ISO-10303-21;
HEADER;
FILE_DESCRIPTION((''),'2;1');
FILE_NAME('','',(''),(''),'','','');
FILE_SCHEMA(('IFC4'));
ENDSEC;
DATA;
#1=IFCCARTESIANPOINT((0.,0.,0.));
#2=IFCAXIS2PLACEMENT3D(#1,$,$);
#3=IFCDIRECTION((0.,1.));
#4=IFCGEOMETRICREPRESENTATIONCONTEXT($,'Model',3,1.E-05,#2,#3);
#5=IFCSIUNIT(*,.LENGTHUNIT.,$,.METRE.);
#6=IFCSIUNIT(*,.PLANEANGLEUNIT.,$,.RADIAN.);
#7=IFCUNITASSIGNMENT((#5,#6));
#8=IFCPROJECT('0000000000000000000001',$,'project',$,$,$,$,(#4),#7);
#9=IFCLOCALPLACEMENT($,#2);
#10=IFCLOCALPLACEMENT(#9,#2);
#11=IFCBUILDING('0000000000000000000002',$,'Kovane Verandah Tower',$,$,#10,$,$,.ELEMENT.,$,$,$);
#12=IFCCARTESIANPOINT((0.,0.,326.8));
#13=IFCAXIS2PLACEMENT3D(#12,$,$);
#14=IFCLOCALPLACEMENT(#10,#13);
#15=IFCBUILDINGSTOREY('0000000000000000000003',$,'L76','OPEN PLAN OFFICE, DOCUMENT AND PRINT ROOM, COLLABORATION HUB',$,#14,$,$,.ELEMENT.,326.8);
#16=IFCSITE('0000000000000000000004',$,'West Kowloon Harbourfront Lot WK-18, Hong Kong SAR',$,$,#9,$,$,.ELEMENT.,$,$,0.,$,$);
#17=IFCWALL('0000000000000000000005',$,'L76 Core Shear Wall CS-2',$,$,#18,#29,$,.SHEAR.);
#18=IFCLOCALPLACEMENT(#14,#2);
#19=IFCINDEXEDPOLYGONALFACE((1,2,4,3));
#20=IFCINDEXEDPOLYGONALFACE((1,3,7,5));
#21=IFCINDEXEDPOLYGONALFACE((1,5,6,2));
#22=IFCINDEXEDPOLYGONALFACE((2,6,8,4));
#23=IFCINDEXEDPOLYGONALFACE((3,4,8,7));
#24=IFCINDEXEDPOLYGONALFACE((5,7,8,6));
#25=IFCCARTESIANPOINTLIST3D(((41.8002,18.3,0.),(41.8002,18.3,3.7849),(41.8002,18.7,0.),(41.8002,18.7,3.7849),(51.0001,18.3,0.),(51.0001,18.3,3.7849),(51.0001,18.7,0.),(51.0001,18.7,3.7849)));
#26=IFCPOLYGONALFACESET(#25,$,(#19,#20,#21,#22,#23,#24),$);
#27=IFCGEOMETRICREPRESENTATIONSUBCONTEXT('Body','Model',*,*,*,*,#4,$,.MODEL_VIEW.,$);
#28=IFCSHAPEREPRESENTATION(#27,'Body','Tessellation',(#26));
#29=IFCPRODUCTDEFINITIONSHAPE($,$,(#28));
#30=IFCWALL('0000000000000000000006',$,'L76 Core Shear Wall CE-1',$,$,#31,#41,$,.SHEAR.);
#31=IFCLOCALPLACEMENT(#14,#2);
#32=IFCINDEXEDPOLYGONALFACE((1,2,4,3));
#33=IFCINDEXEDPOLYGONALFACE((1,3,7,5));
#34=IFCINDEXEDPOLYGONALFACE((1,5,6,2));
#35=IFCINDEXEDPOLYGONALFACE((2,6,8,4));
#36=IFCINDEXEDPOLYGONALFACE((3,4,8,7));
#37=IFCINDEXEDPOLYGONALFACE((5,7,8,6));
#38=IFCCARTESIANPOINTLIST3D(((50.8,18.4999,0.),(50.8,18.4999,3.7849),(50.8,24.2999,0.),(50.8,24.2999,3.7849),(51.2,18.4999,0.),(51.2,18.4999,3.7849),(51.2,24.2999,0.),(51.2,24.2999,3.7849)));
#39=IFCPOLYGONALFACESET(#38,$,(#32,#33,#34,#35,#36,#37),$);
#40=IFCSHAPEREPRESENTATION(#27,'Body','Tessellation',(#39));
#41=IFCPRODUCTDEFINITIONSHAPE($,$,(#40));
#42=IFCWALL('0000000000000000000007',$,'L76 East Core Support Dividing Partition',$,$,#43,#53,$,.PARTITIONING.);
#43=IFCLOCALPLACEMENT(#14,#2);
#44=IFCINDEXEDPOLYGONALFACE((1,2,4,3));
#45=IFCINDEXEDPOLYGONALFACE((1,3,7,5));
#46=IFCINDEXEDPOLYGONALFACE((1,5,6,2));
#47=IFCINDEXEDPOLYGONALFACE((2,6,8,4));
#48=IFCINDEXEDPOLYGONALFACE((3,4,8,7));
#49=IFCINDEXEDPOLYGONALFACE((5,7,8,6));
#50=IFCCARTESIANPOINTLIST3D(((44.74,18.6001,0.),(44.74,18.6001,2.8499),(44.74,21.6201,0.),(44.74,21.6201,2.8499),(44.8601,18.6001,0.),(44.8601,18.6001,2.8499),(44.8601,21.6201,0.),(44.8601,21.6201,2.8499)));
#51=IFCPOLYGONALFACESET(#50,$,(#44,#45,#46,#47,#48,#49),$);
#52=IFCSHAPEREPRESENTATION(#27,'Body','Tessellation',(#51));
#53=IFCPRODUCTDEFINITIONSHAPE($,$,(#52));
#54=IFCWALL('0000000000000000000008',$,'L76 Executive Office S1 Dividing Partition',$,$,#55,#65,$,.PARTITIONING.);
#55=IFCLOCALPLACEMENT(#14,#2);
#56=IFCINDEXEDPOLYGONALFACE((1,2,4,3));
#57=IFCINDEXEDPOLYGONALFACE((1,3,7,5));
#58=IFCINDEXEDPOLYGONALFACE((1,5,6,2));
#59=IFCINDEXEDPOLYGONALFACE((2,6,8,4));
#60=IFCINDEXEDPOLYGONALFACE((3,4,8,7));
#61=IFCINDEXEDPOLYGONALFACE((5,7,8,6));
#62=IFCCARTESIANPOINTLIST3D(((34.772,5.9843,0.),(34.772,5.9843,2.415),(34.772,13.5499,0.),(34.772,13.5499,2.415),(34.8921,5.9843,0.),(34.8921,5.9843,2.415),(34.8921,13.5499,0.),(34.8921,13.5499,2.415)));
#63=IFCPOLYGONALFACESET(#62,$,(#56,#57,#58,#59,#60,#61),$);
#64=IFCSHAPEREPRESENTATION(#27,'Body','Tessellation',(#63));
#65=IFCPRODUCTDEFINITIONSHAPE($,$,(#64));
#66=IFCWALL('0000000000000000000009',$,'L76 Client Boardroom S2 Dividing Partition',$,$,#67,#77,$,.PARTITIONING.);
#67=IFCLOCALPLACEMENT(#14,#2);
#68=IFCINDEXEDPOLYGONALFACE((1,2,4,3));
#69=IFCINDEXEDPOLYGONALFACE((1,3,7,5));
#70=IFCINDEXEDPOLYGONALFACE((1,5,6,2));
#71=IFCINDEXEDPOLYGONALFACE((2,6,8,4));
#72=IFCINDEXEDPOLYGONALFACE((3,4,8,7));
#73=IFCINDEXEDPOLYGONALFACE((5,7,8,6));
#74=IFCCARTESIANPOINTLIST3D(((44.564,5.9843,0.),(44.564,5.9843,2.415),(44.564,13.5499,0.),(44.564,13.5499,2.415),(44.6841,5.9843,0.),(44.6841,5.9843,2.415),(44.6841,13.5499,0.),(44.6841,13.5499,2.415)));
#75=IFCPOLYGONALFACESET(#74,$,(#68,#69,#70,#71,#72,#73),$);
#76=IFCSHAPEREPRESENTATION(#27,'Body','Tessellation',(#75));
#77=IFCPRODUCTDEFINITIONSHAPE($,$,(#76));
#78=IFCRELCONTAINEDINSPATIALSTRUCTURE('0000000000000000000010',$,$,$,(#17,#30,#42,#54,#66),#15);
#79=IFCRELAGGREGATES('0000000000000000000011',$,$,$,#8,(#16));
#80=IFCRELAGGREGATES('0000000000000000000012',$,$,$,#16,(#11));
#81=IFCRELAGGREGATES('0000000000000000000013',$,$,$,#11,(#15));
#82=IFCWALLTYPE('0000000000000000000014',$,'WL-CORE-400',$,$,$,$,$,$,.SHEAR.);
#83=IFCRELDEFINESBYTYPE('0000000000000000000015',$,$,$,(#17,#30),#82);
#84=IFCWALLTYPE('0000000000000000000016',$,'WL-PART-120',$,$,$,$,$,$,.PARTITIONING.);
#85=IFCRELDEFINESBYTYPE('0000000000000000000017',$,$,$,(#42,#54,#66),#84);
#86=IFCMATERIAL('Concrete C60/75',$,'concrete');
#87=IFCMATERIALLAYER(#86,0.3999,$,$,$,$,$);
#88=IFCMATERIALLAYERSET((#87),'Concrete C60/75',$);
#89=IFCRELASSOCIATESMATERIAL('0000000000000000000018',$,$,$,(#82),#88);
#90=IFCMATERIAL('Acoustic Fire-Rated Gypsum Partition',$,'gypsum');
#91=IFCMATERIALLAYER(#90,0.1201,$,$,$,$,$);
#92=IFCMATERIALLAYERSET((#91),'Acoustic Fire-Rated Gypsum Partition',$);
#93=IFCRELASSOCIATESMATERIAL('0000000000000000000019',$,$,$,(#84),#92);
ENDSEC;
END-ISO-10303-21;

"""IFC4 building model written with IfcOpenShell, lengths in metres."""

from ifc_helpers import new_model, si_unit, direction, frame, frame_2d, origin, place, context, subcontext, project, spatial, rectangle, extrude, material, layer, layer_set, type_object, element, save


model = new_model("IFC4")

# Units and contexts
model_context = context("Model", 3, precision=1e-05, world=origin(), true_north=direction((0.0, 1.0)))
body_context = subcontext(model_context, "Body", "Model", "MODEL_VIEW")
ifc_project = project(units=[si_unit("LENGTHUNIT", "METRE"), si_unit("PLANEANGLEUNIT", "RADIAN")], contexts=[model_context])

# Site, building, storey
site_placement = place(None, origin())
site = spatial("IfcSite", under=ifc_project, at=site_placement, Name="West Kowloon Harbourfront Lot WK-18, Hong Kong SAR", CompositionType="ELEMENT", RefElevation=0.0)
building_placement = place(site_placement, origin())
building = spatial("IfcBuilding", under=site, at=building_placement, Name="Kovane Verandah Tower", CompositionType="ELEMENT")
storey_placement = place(building_placement, frame((0.0, 0.0, 326.8)))
storey = spatial("IfcBuildingStorey", under=building, at=storey_placement, Name="L76", Description="OPEN PLAN OFFICE, DOCUMENT AND PRINT ROOM, COLLABORATION HUB", CompositionType="ELEMENT", Elevation=326.8)

# Shared definitions
ifc_material_1 = material(Name="Concrete C60/75", Category="concrete")

# Walls
ifc_layer_1 = layer(ifc_material_1, 0.3999)
ifc_layer_set_1 = layer_set([ifc_layer_1], Name="Concrete C60/75")
wall_type_1 = type_object("IfcWallType", Name="WL-CORE-400", PredefinedType="SHEAR", material=ifc_layer_set_1)
wall_1_placement = place(storey_placement, frame((41.8, 18.5, 0.0), z_axis=(0.0, 0.0, 1.0), x_axis=(1.0, 0.0, 0.0)))
element("IfcWall", 1, at=wall_1_placement, inside=storey, type_object=wall_type_1, Name="L76 Core Shear Wall CS-2", PredefinedType="SHEAR", context=body_context, shape_type="SweptSolid", body=[
    extrude(rectangle(XDim=9.2, YDim=0.3999, at=frame_2d((4.6001, 0.0))), origin(), (0.0, 0.0, 1.0), 3.7849),
])
wall_2_placement = place(storey_placement, frame((51.0, 18.5, 0.0), z_axis=(0.0, 0.0, 1.0), x_axis=(0.0, 1.0, 0.0)))
element("IfcWall", 2, at=wall_2_placement, inside=storey, type_object=wall_type_1, Name="L76 Core Shear Wall CE-1", PredefinedType="SHEAR", context=body_context, shape_type="SweptSolid", body=[
    extrude(rectangle(XDim=5.8, YDim=0.3999, at=frame_2d((2.8999, 0.0))), origin(), (0.0, 0.0, 1.0), 3.7849),
])
ifc_material_2 = material(Name="Acoustic Fire-Rated Gypsum Partition", Category="gypsum")
ifc_layer_2 = layer(ifc_material_2, 0.1201)
ifc_layer_set_2 = layer_set([ifc_layer_2], Name="Acoustic Fire-Rated Gypsum Partition")
wall_type_2 = type_object("IfcWallType", Name="WL-PART-120", PredefinedType="PARTITIONING", material=ifc_layer_set_2)
wall_3_placement = place(storey_placement, frame((44.8, 18.6001, 0.0), z_axis=(0.0, 0.0, 1.0), x_axis=(0.0, 1.0, 0.0)))
element("IfcWall", 3, at=wall_3_placement, inside=storey, type_object=wall_type_2, Name="L76 East Core Support Dividing Partition", PredefinedType="PARTITIONING", context=body_context, shape_type="SweptSolid", body=[
    extrude(rectangle(XDim=3.02, YDim=0.1201, at=frame_2d((1.51, 0.0))), origin(), (0.0, 0.0, 1.0), 2.8499),
])
for number, where, z_axis, x_axis, name in (
    (4, (34.832, 5.9844, 0.0), (0.0, 0.0, 1.0), (0.0, 1.0, 0.0), "L76 Executive Office S1 Dividing Partition"),
    (5, (44.624, 5.9844, 0.0), (0.0, 0.0, 1.0), (0.0, 1.0, 0.0), "L76 Client Boardroom S2 Dividing Partition"),
):
    element("IfcWall", number, at=place(storey_placement, frame(where, z_axis=z_axis, x_axis=x_axis)), inside=storey, type_object=wall_type_2, Name=name, PredefinedType="PARTITIONING", context=body_context, shape_type="SweptSolid", body=[
        extrude(rectangle(XDim=7.5657, YDim=0.1201, at=frame_2d((3.7827, 0.0))), origin(), (0.0, 0.0, 1.0), 2.415),
    ])

save(model, "model.ifc")
